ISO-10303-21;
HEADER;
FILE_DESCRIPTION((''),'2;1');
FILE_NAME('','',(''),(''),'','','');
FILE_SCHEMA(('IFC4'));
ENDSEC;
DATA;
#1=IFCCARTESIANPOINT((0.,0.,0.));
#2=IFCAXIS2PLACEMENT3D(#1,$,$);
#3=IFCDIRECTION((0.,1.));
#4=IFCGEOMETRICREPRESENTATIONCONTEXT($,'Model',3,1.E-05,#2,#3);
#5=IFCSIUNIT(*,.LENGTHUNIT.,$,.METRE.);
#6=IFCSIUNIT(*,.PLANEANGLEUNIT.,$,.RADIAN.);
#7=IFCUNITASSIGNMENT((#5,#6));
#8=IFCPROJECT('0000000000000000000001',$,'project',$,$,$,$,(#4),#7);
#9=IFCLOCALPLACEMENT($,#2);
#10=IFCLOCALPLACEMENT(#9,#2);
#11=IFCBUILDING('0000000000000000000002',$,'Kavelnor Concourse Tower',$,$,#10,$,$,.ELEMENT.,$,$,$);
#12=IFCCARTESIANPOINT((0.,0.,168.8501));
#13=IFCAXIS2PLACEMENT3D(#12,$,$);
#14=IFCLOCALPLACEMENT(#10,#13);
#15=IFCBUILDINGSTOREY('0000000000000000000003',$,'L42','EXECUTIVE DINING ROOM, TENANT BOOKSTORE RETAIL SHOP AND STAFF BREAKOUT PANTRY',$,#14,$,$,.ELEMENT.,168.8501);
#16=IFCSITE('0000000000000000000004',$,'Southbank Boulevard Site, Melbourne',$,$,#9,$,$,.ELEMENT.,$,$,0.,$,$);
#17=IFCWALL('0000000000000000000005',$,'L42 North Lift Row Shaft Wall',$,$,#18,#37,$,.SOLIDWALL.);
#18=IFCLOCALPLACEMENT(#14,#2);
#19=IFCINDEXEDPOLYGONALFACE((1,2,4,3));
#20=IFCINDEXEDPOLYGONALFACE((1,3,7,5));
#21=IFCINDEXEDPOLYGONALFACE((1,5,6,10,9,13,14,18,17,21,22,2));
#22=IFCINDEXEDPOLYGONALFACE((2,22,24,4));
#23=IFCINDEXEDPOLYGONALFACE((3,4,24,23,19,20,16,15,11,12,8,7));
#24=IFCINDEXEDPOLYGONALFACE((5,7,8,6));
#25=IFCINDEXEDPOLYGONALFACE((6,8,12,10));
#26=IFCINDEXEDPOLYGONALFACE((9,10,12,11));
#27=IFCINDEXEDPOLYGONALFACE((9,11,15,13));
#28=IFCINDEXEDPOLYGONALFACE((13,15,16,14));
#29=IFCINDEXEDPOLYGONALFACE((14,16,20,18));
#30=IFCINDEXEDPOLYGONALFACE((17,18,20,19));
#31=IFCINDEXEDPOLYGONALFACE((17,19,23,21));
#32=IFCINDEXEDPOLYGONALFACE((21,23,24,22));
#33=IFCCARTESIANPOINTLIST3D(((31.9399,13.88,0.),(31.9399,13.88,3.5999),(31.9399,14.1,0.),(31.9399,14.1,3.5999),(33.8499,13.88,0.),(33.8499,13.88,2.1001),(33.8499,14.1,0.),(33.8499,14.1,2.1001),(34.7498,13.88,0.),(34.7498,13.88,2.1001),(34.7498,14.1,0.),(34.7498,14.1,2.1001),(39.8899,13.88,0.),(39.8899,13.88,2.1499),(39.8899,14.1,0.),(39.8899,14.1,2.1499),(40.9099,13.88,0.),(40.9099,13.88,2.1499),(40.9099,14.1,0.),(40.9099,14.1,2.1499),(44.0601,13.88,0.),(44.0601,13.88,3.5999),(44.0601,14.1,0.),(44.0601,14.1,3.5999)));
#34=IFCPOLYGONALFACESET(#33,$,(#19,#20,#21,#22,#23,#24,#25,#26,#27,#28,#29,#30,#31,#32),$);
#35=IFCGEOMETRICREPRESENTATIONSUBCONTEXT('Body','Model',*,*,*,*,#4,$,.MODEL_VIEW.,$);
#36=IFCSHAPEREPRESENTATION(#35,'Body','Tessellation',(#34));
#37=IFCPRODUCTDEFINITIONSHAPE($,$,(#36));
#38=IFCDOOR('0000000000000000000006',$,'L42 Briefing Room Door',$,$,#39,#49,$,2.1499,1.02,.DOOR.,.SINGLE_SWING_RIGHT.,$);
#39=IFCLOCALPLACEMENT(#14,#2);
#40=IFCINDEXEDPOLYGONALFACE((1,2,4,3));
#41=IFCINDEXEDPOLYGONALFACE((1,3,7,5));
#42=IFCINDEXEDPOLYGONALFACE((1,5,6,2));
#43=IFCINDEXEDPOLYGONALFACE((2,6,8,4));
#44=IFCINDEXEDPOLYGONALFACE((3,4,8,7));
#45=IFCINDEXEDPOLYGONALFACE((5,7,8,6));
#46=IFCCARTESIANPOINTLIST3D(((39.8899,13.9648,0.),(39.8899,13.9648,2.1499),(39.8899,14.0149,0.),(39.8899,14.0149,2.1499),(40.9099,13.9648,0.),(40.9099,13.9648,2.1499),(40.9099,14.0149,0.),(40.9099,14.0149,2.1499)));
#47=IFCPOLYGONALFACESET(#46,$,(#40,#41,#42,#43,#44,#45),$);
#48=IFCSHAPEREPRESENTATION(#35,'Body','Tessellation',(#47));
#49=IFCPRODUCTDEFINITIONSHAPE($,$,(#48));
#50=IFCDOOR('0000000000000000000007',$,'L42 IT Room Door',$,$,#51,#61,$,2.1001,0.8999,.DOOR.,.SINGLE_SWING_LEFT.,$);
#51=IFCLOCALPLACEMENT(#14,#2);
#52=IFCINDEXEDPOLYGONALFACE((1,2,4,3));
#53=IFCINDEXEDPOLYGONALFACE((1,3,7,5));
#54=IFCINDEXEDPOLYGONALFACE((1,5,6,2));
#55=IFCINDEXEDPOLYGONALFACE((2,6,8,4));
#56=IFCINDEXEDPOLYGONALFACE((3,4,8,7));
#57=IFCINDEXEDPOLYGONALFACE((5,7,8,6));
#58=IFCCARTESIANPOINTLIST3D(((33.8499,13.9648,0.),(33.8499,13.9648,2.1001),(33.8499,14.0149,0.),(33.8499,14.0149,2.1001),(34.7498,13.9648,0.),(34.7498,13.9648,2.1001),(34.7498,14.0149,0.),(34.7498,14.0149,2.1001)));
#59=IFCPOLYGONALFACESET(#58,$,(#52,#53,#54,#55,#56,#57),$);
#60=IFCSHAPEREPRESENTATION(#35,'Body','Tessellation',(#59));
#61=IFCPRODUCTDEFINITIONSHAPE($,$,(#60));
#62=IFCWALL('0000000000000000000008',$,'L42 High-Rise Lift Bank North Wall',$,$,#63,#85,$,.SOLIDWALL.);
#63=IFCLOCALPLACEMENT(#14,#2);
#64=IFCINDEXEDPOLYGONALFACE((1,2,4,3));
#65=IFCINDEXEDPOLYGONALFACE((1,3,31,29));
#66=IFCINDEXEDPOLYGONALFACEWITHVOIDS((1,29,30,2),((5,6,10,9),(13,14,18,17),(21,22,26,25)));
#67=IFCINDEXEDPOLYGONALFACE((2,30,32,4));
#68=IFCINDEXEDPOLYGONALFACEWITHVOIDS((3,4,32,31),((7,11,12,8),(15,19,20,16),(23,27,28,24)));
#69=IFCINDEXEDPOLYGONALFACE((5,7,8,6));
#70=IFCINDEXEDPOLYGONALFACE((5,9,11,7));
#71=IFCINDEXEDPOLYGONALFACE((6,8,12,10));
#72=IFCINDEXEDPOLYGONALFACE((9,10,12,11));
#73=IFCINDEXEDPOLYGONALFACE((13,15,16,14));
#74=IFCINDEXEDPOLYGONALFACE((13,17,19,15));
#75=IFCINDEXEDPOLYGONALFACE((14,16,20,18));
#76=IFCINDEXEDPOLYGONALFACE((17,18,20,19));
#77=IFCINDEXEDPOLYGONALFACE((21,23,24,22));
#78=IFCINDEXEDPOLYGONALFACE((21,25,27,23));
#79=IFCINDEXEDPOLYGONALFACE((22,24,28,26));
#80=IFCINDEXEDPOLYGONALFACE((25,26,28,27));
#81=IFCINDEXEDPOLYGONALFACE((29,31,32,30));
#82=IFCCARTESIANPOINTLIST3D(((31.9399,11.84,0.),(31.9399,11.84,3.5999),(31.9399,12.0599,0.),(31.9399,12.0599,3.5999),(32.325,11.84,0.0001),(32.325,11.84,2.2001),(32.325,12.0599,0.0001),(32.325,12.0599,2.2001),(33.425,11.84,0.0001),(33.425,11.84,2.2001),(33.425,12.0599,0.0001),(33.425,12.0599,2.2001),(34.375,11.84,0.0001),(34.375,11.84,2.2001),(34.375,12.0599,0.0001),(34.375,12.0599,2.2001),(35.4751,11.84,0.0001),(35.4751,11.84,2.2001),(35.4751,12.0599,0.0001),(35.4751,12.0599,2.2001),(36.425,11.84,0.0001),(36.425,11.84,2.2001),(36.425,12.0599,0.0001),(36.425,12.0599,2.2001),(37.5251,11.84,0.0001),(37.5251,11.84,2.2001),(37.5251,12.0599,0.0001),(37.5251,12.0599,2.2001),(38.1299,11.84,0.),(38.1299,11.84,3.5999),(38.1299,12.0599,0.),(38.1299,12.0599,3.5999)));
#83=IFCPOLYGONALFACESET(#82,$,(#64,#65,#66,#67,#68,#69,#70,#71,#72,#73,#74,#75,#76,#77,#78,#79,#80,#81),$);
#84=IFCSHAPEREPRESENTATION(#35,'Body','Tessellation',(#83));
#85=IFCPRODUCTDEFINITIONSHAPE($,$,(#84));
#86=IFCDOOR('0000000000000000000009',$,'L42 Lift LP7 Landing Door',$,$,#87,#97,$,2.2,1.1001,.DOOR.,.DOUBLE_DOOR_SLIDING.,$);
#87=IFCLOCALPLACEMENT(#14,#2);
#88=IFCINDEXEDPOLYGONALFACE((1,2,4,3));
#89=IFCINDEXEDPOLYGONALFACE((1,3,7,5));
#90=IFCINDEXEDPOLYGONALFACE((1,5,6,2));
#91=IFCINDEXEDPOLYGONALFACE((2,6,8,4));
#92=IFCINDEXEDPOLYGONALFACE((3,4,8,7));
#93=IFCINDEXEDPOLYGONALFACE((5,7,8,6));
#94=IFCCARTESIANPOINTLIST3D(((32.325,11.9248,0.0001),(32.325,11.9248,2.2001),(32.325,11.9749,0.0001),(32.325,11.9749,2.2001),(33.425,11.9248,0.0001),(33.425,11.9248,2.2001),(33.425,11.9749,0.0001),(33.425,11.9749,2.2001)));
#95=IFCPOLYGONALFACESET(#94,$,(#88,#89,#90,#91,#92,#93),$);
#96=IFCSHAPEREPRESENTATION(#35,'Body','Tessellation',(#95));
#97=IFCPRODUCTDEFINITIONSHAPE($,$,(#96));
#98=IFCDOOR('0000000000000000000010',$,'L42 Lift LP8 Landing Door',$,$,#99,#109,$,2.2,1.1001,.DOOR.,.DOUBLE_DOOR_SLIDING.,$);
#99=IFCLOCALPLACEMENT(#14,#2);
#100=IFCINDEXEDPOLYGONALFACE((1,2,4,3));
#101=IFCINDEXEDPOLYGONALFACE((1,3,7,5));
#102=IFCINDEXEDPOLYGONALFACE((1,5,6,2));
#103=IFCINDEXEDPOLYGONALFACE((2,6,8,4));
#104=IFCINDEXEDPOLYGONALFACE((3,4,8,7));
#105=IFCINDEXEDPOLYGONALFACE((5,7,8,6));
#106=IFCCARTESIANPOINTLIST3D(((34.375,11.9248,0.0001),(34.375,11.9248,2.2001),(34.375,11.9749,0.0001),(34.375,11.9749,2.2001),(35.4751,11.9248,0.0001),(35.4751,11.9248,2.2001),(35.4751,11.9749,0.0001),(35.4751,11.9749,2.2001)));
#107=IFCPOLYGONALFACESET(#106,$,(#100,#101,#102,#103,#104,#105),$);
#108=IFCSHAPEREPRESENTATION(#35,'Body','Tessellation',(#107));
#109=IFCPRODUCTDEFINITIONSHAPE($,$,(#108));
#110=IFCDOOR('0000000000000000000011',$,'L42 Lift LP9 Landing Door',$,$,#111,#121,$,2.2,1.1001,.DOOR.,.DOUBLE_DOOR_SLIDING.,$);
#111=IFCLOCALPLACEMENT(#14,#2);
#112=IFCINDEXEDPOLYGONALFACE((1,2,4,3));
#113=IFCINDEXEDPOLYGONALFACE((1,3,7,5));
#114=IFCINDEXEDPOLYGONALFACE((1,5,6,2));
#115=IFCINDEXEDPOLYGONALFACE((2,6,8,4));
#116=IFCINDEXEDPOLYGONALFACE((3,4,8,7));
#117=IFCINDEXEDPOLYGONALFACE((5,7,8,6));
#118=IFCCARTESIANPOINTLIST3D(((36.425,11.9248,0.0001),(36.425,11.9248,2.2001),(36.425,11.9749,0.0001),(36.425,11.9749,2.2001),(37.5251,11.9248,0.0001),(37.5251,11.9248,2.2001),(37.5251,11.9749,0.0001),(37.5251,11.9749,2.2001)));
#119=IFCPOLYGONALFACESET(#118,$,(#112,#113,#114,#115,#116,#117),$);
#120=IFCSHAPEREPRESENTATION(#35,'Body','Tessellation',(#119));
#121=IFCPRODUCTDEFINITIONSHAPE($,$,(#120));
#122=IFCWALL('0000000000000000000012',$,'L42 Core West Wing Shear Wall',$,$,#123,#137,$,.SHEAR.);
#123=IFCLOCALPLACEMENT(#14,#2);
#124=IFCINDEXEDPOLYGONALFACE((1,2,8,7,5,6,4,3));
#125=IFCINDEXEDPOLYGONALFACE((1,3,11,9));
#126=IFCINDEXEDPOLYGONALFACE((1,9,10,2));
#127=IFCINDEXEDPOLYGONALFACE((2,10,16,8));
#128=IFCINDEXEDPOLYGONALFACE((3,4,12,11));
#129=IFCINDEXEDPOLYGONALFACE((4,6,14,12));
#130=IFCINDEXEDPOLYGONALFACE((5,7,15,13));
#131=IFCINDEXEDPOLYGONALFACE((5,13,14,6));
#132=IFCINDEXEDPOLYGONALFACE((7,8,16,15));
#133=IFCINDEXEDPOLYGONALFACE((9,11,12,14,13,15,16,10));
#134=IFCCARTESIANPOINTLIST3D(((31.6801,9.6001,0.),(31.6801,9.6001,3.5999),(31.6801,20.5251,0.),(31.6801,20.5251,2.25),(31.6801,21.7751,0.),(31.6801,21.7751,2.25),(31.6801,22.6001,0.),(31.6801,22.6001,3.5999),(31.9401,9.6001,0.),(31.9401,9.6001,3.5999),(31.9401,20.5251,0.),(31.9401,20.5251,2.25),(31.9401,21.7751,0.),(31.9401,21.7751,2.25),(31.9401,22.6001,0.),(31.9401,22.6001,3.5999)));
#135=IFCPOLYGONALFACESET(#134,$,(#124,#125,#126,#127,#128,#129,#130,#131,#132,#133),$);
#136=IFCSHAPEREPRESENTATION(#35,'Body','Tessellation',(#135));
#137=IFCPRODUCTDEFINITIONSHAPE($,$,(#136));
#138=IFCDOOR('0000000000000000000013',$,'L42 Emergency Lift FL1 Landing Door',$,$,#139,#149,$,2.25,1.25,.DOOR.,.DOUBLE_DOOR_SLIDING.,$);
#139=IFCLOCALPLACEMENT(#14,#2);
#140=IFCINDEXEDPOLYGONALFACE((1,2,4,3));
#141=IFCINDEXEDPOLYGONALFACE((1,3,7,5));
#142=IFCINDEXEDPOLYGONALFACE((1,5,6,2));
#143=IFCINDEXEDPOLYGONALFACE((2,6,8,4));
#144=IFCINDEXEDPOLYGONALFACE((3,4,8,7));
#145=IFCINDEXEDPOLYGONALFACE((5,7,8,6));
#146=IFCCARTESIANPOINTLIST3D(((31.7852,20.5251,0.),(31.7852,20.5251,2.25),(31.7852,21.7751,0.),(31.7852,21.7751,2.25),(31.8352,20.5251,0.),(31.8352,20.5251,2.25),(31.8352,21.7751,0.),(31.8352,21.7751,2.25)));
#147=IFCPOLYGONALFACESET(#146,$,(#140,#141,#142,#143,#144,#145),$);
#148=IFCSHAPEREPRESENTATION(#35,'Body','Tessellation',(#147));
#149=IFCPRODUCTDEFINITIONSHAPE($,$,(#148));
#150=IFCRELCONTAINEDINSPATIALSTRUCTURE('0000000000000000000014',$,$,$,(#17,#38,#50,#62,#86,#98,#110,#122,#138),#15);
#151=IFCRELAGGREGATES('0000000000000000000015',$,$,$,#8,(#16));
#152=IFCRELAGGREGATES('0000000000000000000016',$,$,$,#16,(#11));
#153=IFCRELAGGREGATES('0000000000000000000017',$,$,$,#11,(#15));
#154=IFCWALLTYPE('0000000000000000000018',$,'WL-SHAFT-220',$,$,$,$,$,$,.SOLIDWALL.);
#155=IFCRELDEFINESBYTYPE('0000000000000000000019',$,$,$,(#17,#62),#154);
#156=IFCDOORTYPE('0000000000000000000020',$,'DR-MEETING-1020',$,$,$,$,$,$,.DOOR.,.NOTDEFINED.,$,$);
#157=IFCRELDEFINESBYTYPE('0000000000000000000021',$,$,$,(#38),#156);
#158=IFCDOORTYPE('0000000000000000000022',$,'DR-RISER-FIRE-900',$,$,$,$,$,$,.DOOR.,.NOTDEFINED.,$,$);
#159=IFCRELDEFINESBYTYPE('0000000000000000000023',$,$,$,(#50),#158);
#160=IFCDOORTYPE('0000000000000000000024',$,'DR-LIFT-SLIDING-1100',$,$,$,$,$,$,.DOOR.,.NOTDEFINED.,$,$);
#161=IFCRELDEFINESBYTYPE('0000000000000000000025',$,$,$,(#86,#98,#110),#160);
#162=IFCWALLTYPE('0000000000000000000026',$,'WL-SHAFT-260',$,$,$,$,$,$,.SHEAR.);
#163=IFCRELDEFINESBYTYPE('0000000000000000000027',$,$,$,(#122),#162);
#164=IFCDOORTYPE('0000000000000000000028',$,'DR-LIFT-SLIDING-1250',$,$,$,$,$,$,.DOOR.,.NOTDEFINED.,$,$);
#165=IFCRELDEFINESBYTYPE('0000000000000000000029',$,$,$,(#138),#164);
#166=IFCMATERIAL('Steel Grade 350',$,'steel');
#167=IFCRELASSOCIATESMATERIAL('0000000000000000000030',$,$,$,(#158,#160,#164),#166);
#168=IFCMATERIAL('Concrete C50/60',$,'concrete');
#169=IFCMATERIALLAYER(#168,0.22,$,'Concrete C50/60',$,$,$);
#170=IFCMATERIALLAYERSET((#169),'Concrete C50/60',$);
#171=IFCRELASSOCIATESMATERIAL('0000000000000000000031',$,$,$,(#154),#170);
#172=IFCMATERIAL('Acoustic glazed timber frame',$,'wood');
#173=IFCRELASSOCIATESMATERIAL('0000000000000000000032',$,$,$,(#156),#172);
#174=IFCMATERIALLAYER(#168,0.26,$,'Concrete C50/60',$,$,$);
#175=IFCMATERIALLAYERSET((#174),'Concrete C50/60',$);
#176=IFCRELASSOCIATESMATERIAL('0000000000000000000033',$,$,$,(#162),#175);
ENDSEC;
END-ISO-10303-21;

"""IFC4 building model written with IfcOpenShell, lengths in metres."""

from ifc_helpers import new_model, si_unit, direction, frame, frame_2d, origin, place, context, subcontext, project, spatial, rectangle, extrude, material, layer, layer_set, type_object, element, fill, save


model = new_model("IFC4")

# Units and contexts
model_context = context("Model", 3, precision=1e-05, world=origin(), true_north=direction((0.0, 1.0)))
body_context = subcontext(model_context, "Body", "Model", "MODEL_VIEW")
ifc_project = project(units=[si_unit("LENGTHUNIT", "METRE"), si_unit("PLANEANGLEUNIT", "RADIAN")], contexts=[model_context])

# Site, building, storey
site_placement = place(None, origin())
site = spatial("IfcSite", under=ifc_project, at=site_placement, Name="Southbank Boulevard Site, Melbourne", CompositionType="ELEMENT", RefElevation=0.0)
building_placement = place(site_placement, origin())
building = spatial("IfcBuilding", under=site, at=building_placement, Name="Kavelnor Concourse Tower", CompositionType="ELEMENT")
storey_placement = place(building_placement, frame((0.0, 0.0, 168.8501)))
storey = spatial("IfcBuildingStorey", under=building, at=storey_placement, Name="L42", Description="EXECUTIVE DINING ROOM, TENANT BOOKSTORE RETAIL SHOP AND STAFF BREAKOUT PANTRY", CompositionType="ELEMENT", Elevation=168.8501)

# Shared definitions
ifc_material_1 = material(Name="Steel Grade 350", Category="steel")

# Shared definitions
ifc_material_2 = material(Name="Concrete C50/60", Category="concrete")
door_type_1 = type_object("IfcDoorType", Name="DR-RISER-FIRE-900", OperationType="NOTDEFINED", PredefinedType="DOOR", material=ifc_material_1)

# Shared definitions
ifc_layer_1 = layer(ifc_material_2, 0.22, Name="Concrete C50/60")
ifc_layer_set_1 = layer_set([ifc_layer_1], Name="Concrete C50/60")
wall_type_1 = type_object("IfcWallType", Name="WL-SHAFT-220", PredefinedType="SOLIDWALL", material=ifc_layer_set_1)

# Walls, openings, doors
wall_1_placement = place(storey_placement, frame((31.9399, 13.99, 0.0), z_axis=(0.0, 0.0, 1.0), x_axis=(1.0, 0.0, 0.0)))
wall_1 = element("IfcWall", 1, at=wall_1_placement, inside=storey, type_object=wall_type_1, Name="L42 North Lift Row Shaft Wall", PredefinedType="SOLIDWALL", context=body_context, shape_type="SweptSolid", body=[
    extrude(rectangle(XDim=12.1201, YDim=0.22, at=frame_2d((6.0601, 0.0))), origin(), (0.0, 0.0, 1.0), 3.5999),
])
opening_1_placement = place(wall_1_placement, frame((1.9099, 0.0, 0.0)))
opening_1 = element("IfcOpeningElement", 2, at=opening_1_placement, cuts=wall_1, PredefinedType="OPENING", context=body_context, shape_type="SweptSolid", body=[
    extrude(rectangle(XDim=0.8999, YDim=2.1001, at=frame_2d((0.45, 1.05))), frame((0.0, 0.1201, 0.0), z_axis=(0.0, -1.0, 0.0), x_axis=(1.0, 0.0, 0.0)), (0.0, 0.0, 1.0), 0.24),
])
opening_2_placement = place(wall_1_placement, frame((7.95, 0.0, 0.0)))
opening_2 = element("IfcOpeningElement", 3, at=opening_2_placement, cuts=wall_1, PredefinedType="OPENING", context=body_context, shape_type="SweptSolid", body=[
    extrude(rectangle(XDim=1.02, YDim=2.1499, at=frame_2d((0.51, 1.075))), frame((0.0, 0.1201, 0.0), z_axis=(0.0, -1.0, 0.0), x_axis=(1.0, 0.0, 0.0)), (0.0, 0.0, 1.0), 0.24),
])
ifc_material_3 = material(Name="Acoustic glazed timber frame", Category="wood")
door_type_2 = type_object("IfcDoorType", Name="DR-MEETING-1020", OperationType="NOTDEFINED", PredefinedType="DOOR", material=ifc_material_3)
door_1_placement = place(opening_2_placement, origin())
door_1 = element("IfcDoor", 4, at=door_1_placement, inside=storey, type_object=door_type_2, Name="L42 Briefing Room Door", OperationType="SINGLE_SWING_RIGHT", OverallHeight=2.1499, OverallWidth=1.02, PredefinedType="DOOR", context=body_context, shape_type="SweptSolid", body=[
    extrude(rectangle(XDim=1.02, YDim=2.1499, at=frame_2d((0.51, 1.075))), frame((0.0, 0.0249, 0.0), z_axis=(0.0, -1.0, 0.0), x_axis=(1.0, 0.0, 0.0)), (0.0, 0.0, 1.0), 0.05),
])
fill(opening_2, door_1)
door_2_placement = place(opening_1_placement, origin())
door_2 = element("IfcDoor", 5, at=door_2_placement, inside=storey, type_object=door_type_1, Name="L42 IT Room Door", OperationType="SINGLE_SWING_LEFT", OverallHeight=2.1001, OverallWidth=0.8999, PredefinedType="DOOR", context=body_context, shape_type="SweptSolid", body=[
    extrude(rectangle(XDim=0.8999, YDim=2.1001, at=frame_2d((0.45, 1.05))), frame((0.0, 0.0249, 0.0), z_axis=(0.0, -1.0, 0.0), x_axis=(1.0, 0.0, 0.0)), (0.0, 0.0, 1.0), 0.05),
])
fill(opening_1, door_2)
wall_2_placement = place(storey_placement, frame((31.9399, 11.95, 0.0), z_axis=(0.0, 0.0, 1.0), x_axis=(1.0, 0.0, 0.0)))
wall_2 = element("IfcWall", 6, at=wall_2_placement, inside=storey, type_object=wall_type_1, Name="L42 High-Rise Lift Bank North Wall", PredefinedType="SOLIDWALL", context=body_context, shape_type="SweptSolid", body=[
    extrude(rectangle(XDim=6.1899, YDim=0.22, at=frame_2d((3.095, 0.0))), origin(), (0.0, 0.0, 1.0), 3.5999),
])
opening_3_placement = place(wall_2_placement, frame((0.385, 0.0, 0.0)))
opening_3 = element("IfcOpeningElement", 7, at=opening_3_placement, cuts=wall_2, PredefinedType="OPENING", context=body_context, shape_type="SweptSolid", body=[
    extrude(rectangle(XDim=1.1001, YDim=2.2, at=frame_2d((0.55, 1.1001))), frame((0.0, 0.1201, 0.0), z_axis=(0.0, -1.0, 0.0), x_axis=(1.0, 0.0, 0.0)), (0.0, 0.0, 1.0), 0.24),
])
opening_4_placement = place(wall_2_placement, frame((2.4351, 0.0, 0.0)))
opening_4 = element("IfcOpeningElement", 8, at=opening_4_placement, cuts=wall_2, PredefinedType="OPENING", context=body_context, shape_type="SweptSolid", body=[
    extrude(rectangle(XDim=1.1001, YDim=2.2, at=frame_2d((0.55, 1.1001))), frame((0.0, 0.1201, 0.0), z_axis=(0.0, -1.0, 0.0), x_axis=(1.0, 0.0, 0.0)), (0.0, 0.0, 1.0), 0.24),
])
opening_5_placement = place(wall_2_placement, frame((4.4851, 0.0, 0.0)))
opening_5 = element("IfcOpeningElement", 9, at=opening_5_placement, cuts=wall_2, PredefinedType="OPENING", context=body_context, shape_type="SweptSolid", body=[
    extrude(rectangle(XDim=1.1001, YDim=2.2, at=frame_2d((0.55, 1.1001))), frame((0.0, 0.1201, 0.0), z_axis=(0.0, -1.0, 0.0), x_axis=(1.0, 0.0, 0.0)), (0.0, 0.0, 1.0), 0.24),
])
door_type_3 = type_object("IfcDoorType", Name="DR-LIFT-SLIDING-1100", OperationType="NOTDEFINED", PredefinedType="DOOR", material=ifc_material_1)
door_3_placement = place(opening_3_placement, origin())
door_3 = element("IfcDoor", 10, at=door_3_placement, inside=storey, type_object=door_type_3, Name="L42 Lift LP7 Landing Door", OperationType="DOUBLE_DOOR_SLIDING", OverallHeight=2.2, OverallWidth=1.1001, PredefinedType="DOOR", context=body_context, shape_type="SweptSolid", body=[
    extrude(rectangle(XDim=1.1001, YDim=2.2, at=frame_2d((0.55, 1.1001))), frame((0.0, 0.0249, 0.0), z_axis=(0.0, -1.0, 0.0), x_axis=(1.0, 0.0, 0.0)), (0.0, 0.0, 1.0), 0.05),
])
fill(opening_3, door_3)
door_4_placement = place(opening_4_placement, origin())
door_4 = element("IfcDoor", 11, at=door_4_placement, inside=storey, type_object=door_type_3, Name="L42 Lift LP8 Landing Door", OperationType="DOUBLE_DOOR_SLIDING", OverallHeight=2.2, OverallWidth=1.1001, PredefinedType="DOOR", context=body_context, shape_type="SweptSolid", body=[
    extrude(rectangle(XDim=1.1001, YDim=2.2, at=frame_2d((0.55, 1.1001))), frame((0.0, 0.0249, 0.0), z_axis=(0.0, -1.0, 0.0), x_axis=(1.0, 0.0, 0.0)), (0.0, 0.0, 1.0), 0.05),
])
fill(opening_4, door_4)
door_5_placement = place(opening_5_placement, origin())
door_5 = element("IfcDoor", 12, at=door_5_placement, inside=storey, type_object=door_type_3, Name="L42 Lift LP9 Landing Door", OperationType="DOUBLE_DOOR_SLIDING", OverallHeight=2.2, OverallWidth=1.1001, PredefinedType="DOOR", context=body_context, shape_type="SweptSolid", body=[
    extrude(rectangle(XDim=1.1001, YDim=2.2, at=frame_2d((0.55, 1.1001))), frame((0.0, 0.0249, 0.0), z_axis=(0.0, -1.0, 0.0), x_axis=(1.0, 0.0, 0.0)), (0.0, 0.0, 1.0), 0.05),
])
fill(opening_5, door_5)

# Wall, opening, door
ifc_layer_2 = layer(ifc_material_2, 0.26, Name="Concrete C50/60")
ifc_layer_set_2 = layer_set([ifc_layer_2], Name="Concrete C50/60")
wall_type_2 = type_object("IfcWallType", Name="WL-SHAFT-260", PredefinedType="SHEAR", material=ifc_layer_set_2)
wall_3_placement = place(storey_placement, frame((31.8101, 9.6001, 0.0), z_axis=(0.0, 0.0, 1.0), x_axis=(0.0, 1.0, 0.0)))
wall_3 = element("IfcWall", 13, at=wall_3_placement, inside=storey, type_object=wall_type_2, Name="L42 Core West Wing Shear Wall", PredefinedType="SHEAR", context=body_context, shape_type="SweptSolid", body=[
    extrude(rectangle(XDim=13.0, YDim=0.26, at=frame_2d((6.5, 0.0))), origin(), (0.0, 0.0, 1.0), 3.5999),
])
opening_6_placement = place(wall_3_placement, frame((10.925, 0.0, 0.0)))
opening_6 = element("IfcOpeningElement", 14, at=opening_6_placement, cuts=wall_3, PredefinedType="OPENING", context=body_context, shape_type="SweptSolid", body=[
    extrude(rectangle(XDim=1.25, YDim=2.25, at=frame_2d((0.625, 1.125))), frame((0.0, 0.1401, 0.0), z_axis=(0.0, -1.0, 0.0), x_axis=(1.0, 0.0, 0.0)), (0.0, 0.0, 1.0), 0.28),
])
door_type_4 = type_object("IfcDoorType", Name="DR-LIFT-SLIDING-1250", OperationType="NOTDEFINED", PredefinedType="DOOR", material=ifc_material_1)
door_6_placement = place(opening_6_placement, origin())
door_6 = element("IfcDoor", 15, at=door_6_placement, inside=storey, type_object=door_type_4, Name="L42 Emergency Lift FL1 Landing Door", OperationType="DOUBLE_DOOR_SLIDING", OverallHeight=2.25, OverallWidth=1.25, PredefinedType="DOOR", context=body_context, shape_type="SweptSolid", body=[
    extrude(rectangle(XDim=1.25, YDim=2.25, at=frame_2d((0.625, 1.125))), frame((0.0, 0.0249, 0.0), z_axis=(0.0, -1.0, 0.0), x_axis=(1.0, 0.0, 0.0)), (0.0, 0.0, 1.0), 0.05),
])
fill(opening_6, door_6)

save(model, "model.ifc")
